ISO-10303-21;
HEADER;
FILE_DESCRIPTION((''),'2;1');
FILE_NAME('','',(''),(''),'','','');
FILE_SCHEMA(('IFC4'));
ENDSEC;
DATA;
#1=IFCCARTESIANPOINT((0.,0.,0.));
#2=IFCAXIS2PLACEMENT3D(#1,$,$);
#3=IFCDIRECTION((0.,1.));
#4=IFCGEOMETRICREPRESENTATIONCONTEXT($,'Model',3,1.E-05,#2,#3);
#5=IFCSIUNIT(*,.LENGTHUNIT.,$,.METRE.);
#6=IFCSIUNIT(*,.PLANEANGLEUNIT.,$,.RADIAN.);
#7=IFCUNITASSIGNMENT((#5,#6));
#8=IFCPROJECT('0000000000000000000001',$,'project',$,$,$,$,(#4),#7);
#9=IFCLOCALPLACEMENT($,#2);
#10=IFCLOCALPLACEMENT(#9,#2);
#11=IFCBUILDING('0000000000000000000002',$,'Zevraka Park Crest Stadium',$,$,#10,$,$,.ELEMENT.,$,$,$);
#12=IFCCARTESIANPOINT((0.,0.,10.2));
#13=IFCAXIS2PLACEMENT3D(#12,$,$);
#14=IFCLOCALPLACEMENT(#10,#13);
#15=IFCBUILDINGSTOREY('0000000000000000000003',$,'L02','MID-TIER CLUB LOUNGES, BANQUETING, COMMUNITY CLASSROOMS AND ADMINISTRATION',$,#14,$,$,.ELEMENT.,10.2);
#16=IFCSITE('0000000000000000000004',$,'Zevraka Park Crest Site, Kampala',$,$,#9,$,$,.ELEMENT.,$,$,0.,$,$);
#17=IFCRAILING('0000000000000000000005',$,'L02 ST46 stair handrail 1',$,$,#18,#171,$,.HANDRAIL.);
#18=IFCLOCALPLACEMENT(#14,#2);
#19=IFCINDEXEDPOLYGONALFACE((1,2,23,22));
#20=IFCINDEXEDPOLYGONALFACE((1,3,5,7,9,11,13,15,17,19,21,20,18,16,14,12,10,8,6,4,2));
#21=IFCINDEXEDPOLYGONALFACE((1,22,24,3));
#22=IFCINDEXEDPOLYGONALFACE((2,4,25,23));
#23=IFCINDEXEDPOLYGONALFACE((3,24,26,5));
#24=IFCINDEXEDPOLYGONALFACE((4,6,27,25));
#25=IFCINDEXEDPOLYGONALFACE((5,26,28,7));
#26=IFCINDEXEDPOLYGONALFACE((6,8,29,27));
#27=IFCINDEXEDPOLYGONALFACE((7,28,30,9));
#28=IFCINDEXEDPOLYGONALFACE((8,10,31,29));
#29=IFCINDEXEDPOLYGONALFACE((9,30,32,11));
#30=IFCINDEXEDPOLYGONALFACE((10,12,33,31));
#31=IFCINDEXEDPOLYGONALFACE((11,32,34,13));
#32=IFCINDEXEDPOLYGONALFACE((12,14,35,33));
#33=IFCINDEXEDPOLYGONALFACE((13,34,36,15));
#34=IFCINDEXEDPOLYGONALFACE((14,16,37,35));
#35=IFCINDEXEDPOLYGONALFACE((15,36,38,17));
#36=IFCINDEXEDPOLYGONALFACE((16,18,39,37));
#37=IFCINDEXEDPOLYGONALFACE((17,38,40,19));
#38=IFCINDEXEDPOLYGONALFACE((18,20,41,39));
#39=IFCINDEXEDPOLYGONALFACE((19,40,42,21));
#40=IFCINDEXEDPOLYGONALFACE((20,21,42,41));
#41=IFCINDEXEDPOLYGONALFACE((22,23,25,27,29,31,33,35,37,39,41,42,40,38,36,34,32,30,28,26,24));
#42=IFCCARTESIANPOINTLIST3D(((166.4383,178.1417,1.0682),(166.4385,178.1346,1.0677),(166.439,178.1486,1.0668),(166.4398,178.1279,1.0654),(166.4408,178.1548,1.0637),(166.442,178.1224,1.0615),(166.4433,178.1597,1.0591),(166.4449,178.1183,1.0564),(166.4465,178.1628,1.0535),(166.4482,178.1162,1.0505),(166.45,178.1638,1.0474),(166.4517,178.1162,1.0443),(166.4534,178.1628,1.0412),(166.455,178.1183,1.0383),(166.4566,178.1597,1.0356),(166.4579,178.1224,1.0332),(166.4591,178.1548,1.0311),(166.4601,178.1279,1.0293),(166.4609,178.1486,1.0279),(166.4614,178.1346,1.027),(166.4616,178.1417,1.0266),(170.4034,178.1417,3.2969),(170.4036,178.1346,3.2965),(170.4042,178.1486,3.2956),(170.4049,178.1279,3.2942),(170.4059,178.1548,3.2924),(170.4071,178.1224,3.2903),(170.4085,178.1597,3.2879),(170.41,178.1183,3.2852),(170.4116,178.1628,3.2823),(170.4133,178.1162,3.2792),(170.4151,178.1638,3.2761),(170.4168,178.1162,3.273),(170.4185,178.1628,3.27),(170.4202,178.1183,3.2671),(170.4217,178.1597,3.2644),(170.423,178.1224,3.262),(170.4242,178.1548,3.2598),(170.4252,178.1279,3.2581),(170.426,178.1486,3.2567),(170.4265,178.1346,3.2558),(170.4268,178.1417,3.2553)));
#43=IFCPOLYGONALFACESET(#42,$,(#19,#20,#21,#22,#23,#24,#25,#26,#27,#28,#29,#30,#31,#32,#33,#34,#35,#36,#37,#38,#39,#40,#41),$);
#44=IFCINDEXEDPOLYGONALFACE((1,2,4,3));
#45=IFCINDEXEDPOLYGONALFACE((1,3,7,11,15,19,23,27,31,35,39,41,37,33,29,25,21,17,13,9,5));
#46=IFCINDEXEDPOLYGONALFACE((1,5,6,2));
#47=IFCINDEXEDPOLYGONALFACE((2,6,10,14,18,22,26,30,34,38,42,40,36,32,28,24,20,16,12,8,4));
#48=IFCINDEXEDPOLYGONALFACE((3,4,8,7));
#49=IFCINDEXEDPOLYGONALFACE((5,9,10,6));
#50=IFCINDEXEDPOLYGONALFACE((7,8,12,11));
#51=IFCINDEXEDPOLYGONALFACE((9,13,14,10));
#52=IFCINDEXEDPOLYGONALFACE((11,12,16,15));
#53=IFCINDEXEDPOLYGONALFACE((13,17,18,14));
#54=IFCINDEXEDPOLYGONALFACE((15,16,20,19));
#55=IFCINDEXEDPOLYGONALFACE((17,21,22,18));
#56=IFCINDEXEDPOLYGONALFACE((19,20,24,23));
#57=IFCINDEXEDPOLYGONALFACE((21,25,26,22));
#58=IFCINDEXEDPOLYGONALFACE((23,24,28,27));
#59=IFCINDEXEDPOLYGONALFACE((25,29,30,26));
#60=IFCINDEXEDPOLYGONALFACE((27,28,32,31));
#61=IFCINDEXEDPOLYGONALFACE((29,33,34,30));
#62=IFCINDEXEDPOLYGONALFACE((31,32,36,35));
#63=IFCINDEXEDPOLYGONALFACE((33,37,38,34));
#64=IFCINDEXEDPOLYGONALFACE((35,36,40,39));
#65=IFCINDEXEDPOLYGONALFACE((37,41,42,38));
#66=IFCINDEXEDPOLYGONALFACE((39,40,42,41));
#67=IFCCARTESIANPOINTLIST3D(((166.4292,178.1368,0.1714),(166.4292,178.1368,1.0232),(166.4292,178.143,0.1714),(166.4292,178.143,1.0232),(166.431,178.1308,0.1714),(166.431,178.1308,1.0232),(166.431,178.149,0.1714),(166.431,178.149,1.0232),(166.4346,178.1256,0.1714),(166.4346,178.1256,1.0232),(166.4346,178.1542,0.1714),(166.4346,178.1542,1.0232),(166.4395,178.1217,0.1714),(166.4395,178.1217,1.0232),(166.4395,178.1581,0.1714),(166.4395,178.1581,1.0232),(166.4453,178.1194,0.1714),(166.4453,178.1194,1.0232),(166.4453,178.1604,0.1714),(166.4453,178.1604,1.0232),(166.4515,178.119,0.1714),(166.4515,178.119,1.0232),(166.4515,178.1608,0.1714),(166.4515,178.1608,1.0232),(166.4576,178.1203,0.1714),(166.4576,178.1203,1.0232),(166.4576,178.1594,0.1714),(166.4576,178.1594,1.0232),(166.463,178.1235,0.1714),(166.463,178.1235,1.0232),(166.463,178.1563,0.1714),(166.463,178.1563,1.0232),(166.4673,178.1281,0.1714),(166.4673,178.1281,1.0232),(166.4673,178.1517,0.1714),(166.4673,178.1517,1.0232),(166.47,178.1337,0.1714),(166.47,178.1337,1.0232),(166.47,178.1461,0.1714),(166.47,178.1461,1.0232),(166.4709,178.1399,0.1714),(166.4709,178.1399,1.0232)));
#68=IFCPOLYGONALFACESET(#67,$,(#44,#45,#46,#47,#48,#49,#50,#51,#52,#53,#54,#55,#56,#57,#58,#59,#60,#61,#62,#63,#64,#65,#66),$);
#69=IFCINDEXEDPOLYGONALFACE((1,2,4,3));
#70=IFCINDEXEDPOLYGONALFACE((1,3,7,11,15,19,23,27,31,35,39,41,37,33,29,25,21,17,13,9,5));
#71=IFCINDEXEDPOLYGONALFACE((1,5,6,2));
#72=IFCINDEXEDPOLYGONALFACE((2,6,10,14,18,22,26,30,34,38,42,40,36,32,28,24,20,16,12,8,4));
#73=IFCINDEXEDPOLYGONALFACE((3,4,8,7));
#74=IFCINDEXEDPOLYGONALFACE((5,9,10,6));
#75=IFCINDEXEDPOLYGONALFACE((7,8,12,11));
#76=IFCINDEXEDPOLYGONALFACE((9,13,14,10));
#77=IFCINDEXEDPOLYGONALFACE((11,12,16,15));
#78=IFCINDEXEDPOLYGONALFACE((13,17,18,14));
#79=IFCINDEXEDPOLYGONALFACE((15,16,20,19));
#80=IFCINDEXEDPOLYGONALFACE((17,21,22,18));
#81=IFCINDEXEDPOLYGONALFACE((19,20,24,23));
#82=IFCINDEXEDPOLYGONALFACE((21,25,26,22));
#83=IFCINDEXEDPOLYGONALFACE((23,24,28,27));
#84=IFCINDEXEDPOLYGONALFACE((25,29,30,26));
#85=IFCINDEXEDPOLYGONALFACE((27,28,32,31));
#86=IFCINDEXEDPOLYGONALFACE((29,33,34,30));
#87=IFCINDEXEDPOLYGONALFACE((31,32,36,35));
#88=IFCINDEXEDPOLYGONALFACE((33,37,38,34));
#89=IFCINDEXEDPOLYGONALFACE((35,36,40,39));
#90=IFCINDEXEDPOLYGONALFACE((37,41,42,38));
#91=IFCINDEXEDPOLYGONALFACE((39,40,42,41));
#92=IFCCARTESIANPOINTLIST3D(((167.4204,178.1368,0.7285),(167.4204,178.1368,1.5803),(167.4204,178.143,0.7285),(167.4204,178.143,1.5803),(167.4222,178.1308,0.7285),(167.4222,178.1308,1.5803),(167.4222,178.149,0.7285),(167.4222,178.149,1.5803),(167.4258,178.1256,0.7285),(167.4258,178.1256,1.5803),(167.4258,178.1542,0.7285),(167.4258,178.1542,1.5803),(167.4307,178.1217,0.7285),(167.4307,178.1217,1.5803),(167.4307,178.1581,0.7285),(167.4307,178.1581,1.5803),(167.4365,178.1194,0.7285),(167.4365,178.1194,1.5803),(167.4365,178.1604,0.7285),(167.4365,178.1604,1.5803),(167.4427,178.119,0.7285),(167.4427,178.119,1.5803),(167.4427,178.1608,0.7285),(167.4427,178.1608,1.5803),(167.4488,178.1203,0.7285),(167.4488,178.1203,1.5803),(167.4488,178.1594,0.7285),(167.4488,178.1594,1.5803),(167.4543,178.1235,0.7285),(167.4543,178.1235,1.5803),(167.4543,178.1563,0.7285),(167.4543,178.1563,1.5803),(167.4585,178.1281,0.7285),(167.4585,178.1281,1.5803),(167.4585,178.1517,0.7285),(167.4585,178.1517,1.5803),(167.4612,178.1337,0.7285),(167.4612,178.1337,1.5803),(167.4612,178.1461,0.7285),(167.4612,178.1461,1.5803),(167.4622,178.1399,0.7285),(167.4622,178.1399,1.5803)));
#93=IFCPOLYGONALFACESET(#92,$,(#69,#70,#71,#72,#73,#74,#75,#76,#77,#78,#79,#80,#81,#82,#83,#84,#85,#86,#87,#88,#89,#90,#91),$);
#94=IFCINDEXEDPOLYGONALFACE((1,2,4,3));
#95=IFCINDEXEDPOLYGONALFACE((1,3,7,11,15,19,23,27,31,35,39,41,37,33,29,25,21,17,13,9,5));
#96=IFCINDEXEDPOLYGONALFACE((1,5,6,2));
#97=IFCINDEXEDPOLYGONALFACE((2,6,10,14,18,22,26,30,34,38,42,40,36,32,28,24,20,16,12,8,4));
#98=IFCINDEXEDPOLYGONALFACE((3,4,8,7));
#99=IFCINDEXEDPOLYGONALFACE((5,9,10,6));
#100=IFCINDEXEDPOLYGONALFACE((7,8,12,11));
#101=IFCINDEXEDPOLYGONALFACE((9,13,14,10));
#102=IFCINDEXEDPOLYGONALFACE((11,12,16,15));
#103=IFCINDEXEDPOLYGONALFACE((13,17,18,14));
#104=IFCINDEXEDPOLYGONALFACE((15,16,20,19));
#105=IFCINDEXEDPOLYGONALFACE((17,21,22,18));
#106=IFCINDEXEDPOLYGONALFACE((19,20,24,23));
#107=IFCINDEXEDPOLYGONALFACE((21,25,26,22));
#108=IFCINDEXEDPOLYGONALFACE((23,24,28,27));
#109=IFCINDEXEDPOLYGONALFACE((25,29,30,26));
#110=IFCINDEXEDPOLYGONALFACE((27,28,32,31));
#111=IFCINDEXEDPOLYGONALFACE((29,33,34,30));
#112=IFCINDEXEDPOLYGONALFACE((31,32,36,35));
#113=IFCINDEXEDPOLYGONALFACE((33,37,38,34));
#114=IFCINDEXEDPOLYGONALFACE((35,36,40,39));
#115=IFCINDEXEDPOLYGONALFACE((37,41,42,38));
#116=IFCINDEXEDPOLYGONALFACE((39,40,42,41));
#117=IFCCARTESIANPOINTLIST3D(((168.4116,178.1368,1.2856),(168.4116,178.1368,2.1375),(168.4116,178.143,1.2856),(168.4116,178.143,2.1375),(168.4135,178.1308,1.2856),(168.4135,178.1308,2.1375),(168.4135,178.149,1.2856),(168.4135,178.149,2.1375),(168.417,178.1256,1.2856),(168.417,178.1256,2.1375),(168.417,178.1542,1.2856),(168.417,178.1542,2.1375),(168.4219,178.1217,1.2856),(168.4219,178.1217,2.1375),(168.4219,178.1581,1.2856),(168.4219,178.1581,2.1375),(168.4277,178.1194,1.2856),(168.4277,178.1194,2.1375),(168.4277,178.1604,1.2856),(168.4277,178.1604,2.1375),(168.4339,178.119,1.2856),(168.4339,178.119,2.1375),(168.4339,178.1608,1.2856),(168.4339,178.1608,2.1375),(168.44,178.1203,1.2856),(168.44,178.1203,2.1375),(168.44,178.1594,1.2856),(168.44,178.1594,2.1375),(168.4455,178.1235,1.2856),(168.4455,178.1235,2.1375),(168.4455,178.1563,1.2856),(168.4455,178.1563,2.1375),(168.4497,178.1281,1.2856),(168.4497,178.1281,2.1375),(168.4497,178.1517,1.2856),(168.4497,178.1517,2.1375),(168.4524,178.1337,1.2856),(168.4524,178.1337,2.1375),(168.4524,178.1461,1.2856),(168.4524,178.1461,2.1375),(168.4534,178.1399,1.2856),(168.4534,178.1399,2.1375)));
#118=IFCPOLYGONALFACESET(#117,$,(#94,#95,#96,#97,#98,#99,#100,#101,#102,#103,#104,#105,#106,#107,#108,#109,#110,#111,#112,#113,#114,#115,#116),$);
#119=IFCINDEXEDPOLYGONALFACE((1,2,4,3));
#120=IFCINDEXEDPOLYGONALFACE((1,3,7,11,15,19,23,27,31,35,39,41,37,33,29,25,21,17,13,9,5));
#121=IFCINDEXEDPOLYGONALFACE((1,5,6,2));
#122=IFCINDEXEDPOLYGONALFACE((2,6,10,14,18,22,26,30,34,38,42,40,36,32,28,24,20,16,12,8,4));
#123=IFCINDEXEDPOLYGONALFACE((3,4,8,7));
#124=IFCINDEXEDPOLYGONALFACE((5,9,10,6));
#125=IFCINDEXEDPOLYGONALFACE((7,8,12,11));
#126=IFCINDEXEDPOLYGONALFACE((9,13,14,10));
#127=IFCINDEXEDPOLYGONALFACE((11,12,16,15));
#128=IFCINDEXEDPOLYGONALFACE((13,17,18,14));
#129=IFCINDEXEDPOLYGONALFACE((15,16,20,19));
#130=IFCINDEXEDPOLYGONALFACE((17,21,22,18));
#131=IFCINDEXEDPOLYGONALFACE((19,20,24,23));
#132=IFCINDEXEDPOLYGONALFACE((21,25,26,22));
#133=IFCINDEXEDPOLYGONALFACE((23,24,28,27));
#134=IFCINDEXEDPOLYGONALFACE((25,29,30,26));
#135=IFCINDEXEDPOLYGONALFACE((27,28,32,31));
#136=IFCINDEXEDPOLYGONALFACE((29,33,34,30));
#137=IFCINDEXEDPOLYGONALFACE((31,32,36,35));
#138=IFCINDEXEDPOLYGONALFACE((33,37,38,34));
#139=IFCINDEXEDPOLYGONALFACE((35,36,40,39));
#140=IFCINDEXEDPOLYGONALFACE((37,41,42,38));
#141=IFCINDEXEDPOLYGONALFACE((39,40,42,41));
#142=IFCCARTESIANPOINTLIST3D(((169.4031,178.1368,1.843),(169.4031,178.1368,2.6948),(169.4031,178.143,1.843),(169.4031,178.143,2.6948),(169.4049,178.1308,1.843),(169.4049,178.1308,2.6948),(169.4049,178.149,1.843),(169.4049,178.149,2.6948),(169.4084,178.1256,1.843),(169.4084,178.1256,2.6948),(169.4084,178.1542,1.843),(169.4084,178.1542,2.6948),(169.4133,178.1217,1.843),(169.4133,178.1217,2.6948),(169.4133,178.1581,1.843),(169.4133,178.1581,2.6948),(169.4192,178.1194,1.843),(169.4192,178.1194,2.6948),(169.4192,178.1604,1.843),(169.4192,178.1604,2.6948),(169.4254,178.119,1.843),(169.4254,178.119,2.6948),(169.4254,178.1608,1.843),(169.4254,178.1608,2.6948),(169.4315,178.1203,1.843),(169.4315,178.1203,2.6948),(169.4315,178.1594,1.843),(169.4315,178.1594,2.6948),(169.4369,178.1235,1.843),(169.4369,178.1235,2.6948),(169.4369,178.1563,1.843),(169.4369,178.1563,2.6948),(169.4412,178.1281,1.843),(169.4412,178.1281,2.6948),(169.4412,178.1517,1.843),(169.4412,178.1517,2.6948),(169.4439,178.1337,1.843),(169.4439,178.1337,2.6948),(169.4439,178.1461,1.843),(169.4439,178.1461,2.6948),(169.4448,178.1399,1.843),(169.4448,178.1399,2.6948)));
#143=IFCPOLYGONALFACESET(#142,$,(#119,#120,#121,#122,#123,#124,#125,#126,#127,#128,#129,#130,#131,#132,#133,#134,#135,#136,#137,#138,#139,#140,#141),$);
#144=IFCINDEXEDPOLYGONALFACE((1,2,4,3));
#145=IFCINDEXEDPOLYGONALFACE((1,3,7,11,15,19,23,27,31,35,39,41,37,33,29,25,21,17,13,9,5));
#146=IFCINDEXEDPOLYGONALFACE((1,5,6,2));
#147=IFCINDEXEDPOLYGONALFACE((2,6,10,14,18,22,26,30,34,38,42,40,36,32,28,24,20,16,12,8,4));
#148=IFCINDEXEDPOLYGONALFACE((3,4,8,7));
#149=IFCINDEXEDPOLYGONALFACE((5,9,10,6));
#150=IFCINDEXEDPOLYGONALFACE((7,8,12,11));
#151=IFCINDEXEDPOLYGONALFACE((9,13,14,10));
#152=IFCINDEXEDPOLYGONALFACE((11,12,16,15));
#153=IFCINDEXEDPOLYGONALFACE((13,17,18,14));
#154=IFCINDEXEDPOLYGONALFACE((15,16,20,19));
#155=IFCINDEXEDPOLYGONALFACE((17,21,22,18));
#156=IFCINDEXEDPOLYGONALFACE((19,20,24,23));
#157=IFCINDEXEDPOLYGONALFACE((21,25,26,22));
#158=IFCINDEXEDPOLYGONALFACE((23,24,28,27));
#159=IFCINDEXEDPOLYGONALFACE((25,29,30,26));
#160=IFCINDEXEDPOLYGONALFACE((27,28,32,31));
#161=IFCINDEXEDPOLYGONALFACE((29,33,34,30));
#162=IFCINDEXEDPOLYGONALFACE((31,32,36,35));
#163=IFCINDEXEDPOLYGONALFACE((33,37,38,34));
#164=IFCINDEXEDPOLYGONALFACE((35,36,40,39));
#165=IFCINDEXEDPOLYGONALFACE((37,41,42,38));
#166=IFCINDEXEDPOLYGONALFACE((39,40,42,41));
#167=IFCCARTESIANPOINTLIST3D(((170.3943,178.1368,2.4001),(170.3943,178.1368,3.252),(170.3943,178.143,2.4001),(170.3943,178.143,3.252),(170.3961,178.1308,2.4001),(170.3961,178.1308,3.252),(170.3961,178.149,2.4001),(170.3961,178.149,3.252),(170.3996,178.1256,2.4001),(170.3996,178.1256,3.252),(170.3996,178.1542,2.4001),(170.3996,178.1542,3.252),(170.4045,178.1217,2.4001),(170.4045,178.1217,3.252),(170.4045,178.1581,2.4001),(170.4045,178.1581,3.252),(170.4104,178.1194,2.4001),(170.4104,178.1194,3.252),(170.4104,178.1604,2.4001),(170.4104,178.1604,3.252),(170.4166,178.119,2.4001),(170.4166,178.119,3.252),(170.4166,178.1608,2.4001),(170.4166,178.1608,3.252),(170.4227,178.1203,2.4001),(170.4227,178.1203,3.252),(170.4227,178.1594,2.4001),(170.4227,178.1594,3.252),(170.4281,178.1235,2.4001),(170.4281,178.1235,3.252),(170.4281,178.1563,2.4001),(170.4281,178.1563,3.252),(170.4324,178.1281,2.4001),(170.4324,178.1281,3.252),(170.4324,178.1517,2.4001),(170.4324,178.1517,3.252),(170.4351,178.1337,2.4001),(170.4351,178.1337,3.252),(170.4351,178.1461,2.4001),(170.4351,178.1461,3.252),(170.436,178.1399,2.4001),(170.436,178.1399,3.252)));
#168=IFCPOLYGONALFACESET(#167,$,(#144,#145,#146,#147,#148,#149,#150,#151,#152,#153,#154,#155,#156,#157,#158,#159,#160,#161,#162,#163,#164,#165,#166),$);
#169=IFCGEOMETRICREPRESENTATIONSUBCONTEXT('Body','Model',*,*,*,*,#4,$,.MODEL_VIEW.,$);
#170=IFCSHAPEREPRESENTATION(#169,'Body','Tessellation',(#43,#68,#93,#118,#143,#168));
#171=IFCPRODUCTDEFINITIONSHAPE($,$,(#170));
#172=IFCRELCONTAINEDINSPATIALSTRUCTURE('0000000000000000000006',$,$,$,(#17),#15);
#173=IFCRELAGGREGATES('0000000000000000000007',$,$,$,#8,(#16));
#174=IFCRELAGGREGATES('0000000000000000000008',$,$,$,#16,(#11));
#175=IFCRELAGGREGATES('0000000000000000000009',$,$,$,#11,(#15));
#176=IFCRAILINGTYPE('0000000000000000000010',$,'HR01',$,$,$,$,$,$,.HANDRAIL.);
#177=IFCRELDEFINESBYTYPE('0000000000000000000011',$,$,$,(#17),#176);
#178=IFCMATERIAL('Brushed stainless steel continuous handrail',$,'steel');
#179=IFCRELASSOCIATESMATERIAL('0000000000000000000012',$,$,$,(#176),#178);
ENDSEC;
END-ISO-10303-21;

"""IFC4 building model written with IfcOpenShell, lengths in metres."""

from ifc_helpers import new_model, si_unit, direction, frame, origin, origin_2d, place, context, subcontext, project, spatial, circle, extrude, material, type_object, element, save


model = new_model("IFC4")

# Units and contexts
model_context = context("Model", 3, precision=1e-05, world=origin(), true_north=direction((0.0, 1.0)))
body_context = subcontext(model_context, "Body", "Model", "MODEL_VIEW")
ifc_project = project(units=[si_unit("LENGTHUNIT", "METRE"), si_unit("PLANEANGLEUNIT", "RADIAN")], contexts=[model_context])

# Site, building, storey
site_placement = place(None, origin())
site = spatial("IfcSite", under=ifc_project, at=site_placement, Name="Zevraka Park Crest Site, Kampala", CompositionType="ELEMENT", RefElevation=0.0)
building_placement = place(site_placement, origin())
building = spatial("IfcBuilding", under=site, at=building_placement, Name="Zevraka Park Crest Stadium", CompositionType="ELEMENT")
storey_placement = place(building_placement, frame((0.0, 0.0, 10.2)))
storey = spatial("IfcBuildingStorey", under=building, at=storey_placement, Name="L02", Description="MID-TIER CLUB LOUNGES, BANQUETING, COMMUNITY CLASSROOMS AND ADMINISTRATION", CompositionType="ELEMENT", Elevation=10.2)

# Railing
ifc_material_1 = material(Name="Brushed stainless steel continuous handrail", Category="steel")
railing_type_1 = type_object("IfcRailingType", Name="HR01", PredefinedType="HANDRAIL", material=ifc_material_1)
railing_1_placement = place(storey_placement, frame((166.45, 178.1399, 0.1714)))
element("IfcRailing", 1, at=railing_1_placement, inside=storey, type_object=railing_type_1, Name="L02 ST46 stair handrail 1", PredefinedType="HANDRAIL", context=body_context, shape_type="SweptSolid", body=[
    extrude(circle(Radius=0.0239, at=origin_2d()), frame((0.0, 0.0, 0.876), z_axis=(0.871726, 0.0, 0.489994), x_axis=(0.0, 1.0, 0.0)), (0.0, 0.0, 1.0), 4.5486),
    extrude(circle(Radius=0.021, at=origin_2d()), origin(), (0.0, 0.0, 1.0), 0.8518),
    extrude(circle(Radius=0.021, at=origin_2d()), frame((0.9912, 0.0, 0.5571)), (0.0, 0.0, 1.0), 0.8518),
    extrude(circle(Radius=0.021, at=origin_2d()), frame((1.9824, 0.0, 1.1143)), (0.0, 0.0, 1.0), 0.8518),
    extrude(circle(Radius=0.021, at=origin_2d()), frame((2.9739, 0.0, 1.6716)), (0.0, 0.0, 1.0), 0.8518),
    extrude(circle(Radius=0.021, at=origin_2d()), frame((3.9651, 0.0, 2.2288)), (0.0, 0.0, 1.0), 0.8518),
])

save(model, "model.ifc")
